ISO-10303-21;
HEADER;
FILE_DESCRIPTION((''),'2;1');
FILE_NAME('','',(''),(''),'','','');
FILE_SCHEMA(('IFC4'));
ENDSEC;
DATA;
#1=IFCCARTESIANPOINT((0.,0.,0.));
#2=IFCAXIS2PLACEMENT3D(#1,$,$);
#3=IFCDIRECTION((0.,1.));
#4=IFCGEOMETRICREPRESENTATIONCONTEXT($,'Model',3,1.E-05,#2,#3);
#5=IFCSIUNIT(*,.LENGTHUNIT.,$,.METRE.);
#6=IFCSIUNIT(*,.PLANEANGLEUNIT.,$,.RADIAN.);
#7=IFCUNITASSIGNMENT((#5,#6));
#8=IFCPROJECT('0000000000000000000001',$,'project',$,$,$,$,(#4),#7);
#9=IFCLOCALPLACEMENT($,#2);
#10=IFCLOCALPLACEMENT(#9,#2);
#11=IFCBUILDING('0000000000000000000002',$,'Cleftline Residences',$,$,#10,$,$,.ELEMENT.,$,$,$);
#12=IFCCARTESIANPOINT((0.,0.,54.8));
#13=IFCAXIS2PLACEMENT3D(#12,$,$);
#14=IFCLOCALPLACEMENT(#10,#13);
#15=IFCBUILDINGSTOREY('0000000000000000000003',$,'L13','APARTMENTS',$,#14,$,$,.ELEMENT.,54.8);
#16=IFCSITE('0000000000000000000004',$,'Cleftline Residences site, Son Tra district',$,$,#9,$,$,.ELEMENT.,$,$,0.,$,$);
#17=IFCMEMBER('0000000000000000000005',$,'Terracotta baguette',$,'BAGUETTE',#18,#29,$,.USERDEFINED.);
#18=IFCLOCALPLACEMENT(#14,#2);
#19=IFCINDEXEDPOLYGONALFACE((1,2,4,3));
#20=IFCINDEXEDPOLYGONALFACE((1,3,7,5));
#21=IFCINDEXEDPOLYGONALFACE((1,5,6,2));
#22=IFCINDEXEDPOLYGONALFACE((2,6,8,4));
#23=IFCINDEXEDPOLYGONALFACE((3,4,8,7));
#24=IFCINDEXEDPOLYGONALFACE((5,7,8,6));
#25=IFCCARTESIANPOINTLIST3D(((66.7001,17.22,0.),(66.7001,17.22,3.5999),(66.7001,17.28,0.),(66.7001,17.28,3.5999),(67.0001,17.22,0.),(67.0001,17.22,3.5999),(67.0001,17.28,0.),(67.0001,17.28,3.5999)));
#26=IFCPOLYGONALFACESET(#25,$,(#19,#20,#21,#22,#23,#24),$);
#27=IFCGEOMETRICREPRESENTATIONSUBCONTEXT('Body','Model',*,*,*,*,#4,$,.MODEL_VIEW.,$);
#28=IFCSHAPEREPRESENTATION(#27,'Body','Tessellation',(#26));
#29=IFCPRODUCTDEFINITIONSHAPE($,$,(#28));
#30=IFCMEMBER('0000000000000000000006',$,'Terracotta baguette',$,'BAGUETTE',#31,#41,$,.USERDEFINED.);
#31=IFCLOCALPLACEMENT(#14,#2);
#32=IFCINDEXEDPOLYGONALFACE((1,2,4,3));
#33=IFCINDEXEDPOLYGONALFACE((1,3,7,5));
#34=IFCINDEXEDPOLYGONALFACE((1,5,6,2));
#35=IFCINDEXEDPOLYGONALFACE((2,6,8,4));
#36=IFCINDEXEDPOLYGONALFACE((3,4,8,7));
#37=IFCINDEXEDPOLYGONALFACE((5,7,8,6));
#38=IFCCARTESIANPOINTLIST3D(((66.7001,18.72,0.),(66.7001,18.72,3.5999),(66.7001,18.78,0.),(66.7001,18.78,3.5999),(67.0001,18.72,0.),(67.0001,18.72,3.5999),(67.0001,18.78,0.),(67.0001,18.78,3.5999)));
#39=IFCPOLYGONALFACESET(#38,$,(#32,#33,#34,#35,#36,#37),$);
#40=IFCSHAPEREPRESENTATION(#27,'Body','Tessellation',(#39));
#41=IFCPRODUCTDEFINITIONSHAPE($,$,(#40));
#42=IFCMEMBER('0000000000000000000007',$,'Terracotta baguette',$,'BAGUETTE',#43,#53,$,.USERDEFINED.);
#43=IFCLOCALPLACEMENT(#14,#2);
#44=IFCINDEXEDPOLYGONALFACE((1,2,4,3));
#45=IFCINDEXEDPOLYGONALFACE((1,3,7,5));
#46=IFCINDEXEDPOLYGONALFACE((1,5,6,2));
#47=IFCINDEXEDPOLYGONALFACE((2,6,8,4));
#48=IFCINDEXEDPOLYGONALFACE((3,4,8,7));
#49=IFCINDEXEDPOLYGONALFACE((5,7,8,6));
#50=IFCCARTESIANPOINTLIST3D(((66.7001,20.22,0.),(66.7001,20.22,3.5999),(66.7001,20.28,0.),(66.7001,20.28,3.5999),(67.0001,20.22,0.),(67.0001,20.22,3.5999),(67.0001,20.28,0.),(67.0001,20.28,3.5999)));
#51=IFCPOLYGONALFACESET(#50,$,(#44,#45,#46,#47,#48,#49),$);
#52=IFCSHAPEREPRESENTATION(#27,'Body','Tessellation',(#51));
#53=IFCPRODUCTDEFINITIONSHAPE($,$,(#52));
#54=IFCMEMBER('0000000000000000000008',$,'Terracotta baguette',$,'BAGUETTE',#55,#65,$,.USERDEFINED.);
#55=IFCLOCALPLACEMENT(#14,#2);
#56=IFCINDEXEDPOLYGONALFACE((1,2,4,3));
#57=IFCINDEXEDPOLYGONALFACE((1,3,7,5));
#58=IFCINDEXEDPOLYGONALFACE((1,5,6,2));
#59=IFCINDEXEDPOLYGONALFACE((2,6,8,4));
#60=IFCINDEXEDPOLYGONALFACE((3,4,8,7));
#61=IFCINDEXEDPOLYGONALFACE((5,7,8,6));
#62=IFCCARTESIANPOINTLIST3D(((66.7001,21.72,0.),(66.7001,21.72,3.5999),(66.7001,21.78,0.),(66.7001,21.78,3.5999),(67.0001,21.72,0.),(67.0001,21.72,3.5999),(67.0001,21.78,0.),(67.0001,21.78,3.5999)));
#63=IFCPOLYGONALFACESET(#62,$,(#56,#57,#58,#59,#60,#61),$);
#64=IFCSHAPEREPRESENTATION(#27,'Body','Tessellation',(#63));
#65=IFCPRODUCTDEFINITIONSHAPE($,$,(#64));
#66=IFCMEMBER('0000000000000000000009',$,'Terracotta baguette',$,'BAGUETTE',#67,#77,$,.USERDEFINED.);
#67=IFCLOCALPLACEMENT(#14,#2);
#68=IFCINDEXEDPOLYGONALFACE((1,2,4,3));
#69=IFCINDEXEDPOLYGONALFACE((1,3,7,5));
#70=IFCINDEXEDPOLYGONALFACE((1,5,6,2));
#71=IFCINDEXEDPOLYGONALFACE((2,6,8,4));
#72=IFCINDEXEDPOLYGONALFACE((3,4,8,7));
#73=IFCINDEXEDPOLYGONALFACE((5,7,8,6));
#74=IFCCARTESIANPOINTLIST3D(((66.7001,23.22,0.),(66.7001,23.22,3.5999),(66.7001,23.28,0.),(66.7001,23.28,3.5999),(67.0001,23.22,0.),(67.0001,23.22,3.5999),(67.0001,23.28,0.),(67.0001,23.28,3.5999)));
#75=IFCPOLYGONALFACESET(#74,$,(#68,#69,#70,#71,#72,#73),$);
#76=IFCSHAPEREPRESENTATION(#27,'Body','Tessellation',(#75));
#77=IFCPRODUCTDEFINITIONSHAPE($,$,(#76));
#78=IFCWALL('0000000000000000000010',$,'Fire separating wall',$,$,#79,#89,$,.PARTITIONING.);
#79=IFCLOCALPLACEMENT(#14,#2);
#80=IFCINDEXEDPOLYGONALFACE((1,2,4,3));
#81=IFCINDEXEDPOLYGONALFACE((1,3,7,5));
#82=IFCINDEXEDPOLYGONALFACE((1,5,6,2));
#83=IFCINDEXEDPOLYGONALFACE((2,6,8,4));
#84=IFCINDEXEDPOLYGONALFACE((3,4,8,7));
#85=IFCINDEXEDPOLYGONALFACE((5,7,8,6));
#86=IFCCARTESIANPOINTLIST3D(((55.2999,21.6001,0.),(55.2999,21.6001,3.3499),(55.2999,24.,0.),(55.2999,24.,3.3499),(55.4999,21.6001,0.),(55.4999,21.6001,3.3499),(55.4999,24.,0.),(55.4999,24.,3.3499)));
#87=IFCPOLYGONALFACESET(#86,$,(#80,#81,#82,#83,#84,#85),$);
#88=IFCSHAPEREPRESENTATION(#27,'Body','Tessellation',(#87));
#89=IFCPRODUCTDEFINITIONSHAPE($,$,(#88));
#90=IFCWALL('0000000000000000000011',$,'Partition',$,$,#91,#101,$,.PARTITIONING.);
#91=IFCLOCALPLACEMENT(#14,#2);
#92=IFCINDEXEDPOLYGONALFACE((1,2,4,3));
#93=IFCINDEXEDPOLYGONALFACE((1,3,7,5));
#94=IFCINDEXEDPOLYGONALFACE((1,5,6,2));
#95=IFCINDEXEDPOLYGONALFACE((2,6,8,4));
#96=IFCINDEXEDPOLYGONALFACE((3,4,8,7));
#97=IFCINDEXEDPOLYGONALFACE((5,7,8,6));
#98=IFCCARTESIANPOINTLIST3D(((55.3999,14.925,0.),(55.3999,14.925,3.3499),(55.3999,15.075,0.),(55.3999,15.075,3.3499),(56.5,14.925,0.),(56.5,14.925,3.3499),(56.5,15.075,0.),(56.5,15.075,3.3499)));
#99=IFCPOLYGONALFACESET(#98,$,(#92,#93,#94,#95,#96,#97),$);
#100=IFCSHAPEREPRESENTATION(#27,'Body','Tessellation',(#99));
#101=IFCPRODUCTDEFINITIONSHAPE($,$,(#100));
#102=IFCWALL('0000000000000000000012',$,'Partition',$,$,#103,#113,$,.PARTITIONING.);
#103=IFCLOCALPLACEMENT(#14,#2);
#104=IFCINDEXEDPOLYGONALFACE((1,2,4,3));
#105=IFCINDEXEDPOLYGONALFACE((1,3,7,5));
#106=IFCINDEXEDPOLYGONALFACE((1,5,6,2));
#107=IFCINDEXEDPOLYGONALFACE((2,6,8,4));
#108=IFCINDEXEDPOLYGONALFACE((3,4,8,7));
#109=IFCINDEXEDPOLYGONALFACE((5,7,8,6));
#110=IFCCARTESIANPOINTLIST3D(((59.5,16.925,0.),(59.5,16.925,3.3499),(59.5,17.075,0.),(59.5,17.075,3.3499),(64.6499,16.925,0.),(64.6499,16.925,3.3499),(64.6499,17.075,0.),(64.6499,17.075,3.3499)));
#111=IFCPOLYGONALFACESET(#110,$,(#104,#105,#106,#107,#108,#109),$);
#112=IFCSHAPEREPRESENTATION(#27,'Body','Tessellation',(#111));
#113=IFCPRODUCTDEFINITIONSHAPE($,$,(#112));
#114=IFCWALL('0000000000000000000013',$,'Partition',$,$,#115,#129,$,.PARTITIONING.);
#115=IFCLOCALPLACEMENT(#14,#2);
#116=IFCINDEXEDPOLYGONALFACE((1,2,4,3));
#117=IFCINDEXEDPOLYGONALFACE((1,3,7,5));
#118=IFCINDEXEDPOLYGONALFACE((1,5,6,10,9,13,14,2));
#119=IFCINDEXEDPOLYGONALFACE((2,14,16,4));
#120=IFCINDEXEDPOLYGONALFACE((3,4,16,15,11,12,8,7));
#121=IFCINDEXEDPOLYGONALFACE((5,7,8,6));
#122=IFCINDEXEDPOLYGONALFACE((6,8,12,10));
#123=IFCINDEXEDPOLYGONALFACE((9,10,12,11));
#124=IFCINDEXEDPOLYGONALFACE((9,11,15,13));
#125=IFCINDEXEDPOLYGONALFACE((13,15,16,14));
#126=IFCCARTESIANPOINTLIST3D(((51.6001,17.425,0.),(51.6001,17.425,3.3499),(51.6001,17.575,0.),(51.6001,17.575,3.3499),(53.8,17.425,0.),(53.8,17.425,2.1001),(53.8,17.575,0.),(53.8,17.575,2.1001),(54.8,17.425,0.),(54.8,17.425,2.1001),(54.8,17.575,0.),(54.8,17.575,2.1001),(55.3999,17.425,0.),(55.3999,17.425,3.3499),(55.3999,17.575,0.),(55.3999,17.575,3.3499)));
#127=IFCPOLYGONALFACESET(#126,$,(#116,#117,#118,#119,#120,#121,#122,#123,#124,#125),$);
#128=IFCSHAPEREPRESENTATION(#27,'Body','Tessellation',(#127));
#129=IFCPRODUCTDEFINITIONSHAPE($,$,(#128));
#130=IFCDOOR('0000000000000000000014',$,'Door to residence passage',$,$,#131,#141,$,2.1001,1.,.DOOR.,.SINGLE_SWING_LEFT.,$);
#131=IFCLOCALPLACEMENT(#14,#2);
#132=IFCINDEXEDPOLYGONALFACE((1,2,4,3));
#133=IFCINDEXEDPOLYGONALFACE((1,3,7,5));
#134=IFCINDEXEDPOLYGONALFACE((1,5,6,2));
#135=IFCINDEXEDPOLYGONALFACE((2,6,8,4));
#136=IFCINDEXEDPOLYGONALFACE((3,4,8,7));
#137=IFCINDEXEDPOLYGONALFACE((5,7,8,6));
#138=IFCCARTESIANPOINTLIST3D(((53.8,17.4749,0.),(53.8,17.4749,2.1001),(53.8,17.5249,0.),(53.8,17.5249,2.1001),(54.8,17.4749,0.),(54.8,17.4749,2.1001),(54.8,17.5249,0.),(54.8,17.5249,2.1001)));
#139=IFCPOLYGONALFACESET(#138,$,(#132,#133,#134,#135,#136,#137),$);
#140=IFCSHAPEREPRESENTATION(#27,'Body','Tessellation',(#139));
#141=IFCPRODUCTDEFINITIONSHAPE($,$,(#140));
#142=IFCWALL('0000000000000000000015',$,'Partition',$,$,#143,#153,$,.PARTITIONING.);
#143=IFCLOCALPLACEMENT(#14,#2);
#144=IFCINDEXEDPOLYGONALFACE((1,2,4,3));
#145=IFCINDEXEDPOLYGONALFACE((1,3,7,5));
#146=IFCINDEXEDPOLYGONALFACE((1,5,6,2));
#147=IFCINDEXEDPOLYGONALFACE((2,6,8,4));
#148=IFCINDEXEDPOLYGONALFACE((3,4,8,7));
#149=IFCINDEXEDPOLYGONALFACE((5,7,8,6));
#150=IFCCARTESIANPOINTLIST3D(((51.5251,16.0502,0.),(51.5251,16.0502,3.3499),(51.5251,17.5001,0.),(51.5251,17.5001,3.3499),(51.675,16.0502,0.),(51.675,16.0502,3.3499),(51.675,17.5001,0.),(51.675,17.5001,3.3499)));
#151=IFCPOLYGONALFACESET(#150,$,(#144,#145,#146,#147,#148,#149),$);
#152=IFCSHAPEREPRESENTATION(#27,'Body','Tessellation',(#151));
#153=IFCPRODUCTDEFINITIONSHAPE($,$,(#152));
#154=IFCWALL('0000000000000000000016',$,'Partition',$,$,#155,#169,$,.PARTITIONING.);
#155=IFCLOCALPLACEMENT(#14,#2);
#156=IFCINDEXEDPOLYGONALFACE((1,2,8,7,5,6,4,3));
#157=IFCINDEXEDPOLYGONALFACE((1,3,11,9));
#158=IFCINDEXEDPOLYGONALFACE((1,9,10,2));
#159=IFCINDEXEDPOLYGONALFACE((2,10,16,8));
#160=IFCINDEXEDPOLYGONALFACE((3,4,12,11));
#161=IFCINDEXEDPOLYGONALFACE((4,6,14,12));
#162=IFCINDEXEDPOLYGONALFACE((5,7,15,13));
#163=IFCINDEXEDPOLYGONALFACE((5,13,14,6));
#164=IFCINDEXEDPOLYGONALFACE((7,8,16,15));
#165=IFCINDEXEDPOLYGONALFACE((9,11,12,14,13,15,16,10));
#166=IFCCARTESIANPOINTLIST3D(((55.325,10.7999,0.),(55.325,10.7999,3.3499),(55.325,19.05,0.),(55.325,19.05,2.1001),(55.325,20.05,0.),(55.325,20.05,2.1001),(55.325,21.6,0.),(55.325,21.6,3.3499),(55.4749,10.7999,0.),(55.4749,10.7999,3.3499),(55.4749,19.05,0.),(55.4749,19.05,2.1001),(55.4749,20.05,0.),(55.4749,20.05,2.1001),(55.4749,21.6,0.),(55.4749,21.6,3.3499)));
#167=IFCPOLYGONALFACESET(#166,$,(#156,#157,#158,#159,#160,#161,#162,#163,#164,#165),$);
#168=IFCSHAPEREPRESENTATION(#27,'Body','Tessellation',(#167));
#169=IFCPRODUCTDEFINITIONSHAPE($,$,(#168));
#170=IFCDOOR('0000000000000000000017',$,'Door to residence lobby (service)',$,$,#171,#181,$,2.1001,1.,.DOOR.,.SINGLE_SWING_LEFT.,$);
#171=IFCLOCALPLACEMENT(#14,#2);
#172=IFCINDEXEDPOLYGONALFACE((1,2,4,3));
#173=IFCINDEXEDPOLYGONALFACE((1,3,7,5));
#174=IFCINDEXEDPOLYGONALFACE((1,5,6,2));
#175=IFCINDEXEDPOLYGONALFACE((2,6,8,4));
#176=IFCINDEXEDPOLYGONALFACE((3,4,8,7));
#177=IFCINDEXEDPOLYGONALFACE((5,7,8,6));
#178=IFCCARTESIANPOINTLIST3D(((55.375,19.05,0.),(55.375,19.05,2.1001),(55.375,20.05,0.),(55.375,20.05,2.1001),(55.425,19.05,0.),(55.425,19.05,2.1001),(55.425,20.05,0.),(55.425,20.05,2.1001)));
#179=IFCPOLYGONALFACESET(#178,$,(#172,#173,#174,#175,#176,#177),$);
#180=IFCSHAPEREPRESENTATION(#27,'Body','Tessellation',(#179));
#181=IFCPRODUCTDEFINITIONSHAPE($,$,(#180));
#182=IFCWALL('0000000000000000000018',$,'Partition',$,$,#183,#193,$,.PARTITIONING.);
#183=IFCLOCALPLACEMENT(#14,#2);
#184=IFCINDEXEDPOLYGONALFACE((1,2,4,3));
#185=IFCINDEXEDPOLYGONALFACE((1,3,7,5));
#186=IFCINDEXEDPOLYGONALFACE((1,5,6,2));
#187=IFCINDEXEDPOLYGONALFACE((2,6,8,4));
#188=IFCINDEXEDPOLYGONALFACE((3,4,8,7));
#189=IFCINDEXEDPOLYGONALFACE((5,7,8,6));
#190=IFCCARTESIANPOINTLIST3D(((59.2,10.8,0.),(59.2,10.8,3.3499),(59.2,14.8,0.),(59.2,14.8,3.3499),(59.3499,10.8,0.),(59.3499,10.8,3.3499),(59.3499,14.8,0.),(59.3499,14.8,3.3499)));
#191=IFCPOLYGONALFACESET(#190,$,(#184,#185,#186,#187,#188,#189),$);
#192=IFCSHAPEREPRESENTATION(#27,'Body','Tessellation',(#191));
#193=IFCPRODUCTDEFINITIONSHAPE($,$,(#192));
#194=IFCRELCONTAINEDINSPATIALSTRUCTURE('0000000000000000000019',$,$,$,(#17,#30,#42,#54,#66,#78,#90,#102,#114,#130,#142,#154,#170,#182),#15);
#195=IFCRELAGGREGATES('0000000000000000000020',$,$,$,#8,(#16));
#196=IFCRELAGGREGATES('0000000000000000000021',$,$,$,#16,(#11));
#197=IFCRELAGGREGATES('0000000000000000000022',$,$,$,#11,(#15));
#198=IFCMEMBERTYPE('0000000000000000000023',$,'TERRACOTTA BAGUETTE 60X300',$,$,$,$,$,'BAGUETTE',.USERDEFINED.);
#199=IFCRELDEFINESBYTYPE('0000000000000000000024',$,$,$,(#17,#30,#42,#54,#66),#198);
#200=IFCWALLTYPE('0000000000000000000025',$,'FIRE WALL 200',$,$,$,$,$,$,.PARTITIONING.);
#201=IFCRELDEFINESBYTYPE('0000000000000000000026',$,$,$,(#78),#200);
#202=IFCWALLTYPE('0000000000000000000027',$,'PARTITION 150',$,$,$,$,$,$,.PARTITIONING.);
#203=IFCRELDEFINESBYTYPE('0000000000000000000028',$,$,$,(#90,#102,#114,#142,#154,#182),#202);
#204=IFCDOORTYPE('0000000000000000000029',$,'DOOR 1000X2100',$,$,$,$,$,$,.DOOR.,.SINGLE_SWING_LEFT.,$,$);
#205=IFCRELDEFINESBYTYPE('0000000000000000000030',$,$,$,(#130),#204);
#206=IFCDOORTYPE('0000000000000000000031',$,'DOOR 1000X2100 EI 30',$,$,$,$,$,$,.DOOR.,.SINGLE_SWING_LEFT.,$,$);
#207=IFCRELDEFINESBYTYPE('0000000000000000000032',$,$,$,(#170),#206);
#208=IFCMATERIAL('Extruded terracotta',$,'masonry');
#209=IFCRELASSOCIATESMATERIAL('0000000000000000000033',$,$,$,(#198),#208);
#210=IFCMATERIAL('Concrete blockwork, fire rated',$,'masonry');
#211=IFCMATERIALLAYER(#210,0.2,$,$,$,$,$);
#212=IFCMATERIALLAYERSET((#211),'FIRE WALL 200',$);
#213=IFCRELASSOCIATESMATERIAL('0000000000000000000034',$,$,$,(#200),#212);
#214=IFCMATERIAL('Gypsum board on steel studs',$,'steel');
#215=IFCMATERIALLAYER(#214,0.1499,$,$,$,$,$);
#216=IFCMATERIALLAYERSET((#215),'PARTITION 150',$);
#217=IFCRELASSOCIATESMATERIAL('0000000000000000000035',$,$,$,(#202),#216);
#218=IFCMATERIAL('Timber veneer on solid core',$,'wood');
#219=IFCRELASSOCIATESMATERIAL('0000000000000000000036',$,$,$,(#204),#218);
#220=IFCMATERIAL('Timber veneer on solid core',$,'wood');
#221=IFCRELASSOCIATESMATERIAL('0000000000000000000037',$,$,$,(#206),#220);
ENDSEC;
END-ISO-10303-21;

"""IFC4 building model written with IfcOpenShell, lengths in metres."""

from ifc_helpers import new_model, si_unit, direction, frame, frame_2d, origin, origin_2d, place, context, subcontext, project, spatial, rectangle, extrude, material, layer, layer_set, material_profile, profile_set, type_object, element, fill, save


model = new_model("IFC4")

# Units and contexts
model_context = context("Model", 3, precision=1e-05, world=origin(), true_north=direction((0.0, 1.0)))
body_context = subcontext(model_context, "Body", "Model", "MODEL_VIEW")
ifc_project = project(units=[si_unit("LENGTHUNIT", "METRE"), si_unit("PLANEANGLEUNIT", "RADIAN")], contexts=[model_context])

# Site, building, storey
site_placement = place(None, origin())
site = spatial("IfcSite", under=ifc_project, at=site_placement, Name="Cleftline Residences site, Son Tra district", CompositionType="ELEMENT", RefElevation=0.0)
building_placement = place(site_placement, origin())
building = spatial("IfcBuilding", under=site, at=building_placement, Name="Cleftline Residences", CompositionType="ELEMENT")
storey_placement = place(building_placement, frame((0.0, 0.0, 54.8)))
storey = spatial("IfcBuildingStorey", under=building, at=storey_placement, Name="L13", Description="APARTMENTS", CompositionType="ELEMENT", Elevation=54.8)

# Members
ifc_material_1 = material(Name="Extruded terracotta", Category="masonry")
ifc_material_profile_1 = material_profile(ifc_material_1, rectangle(XDim=0.0601, YDim=0.3, at=origin_2d()))
ifc_profile_set_1 = profile_set([ifc_material_profile_1], Name="Extruded terracotta")
member_type_1 = type_object("IfcMemberType", Name="TERRACOTTA BAGUETTE 60X300", ElementType="BAGUETTE", PredefinedType="USERDEFINED", material=ifc_profile_set_1)
for number, where, z_axis, x_axis, name in (
    (1, (66.8501, 17.25, 0.0), (0.0, 0.0, 1.0), (0.0, 1.0, 0.0), "Terracotta baguette"),
    (2, (66.8501, 18.75, 0.0), (0.0, 0.0, 1.0), (0.0, 1.0, 0.0), "Terracotta baguette"),
    (3, (66.8501, 20.25, 0.0), (0.0, 0.0, 1.0), (0.0, 1.0, 0.0), "Terracotta baguette"),
    (4, (66.8501, 21.75, 0.0), (0.0, 0.0, 1.0), (0.0, 1.0, 0.0), "Terracotta baguette"),
    (5, (66.8501, 23.25, 0.0), (0.0, 0.0, 1.0), (0.0, 1.0, 0.0), "Terracotta baguette"),
):
    element("IfcMember", number, at=place(storey_placement, frame(where, z_axis=z_axis, x_axis=x_axis)), inside=storey, type_object=member_type_1, Name=name, ObjectType="BAGUETTE", PredefinedType="USERDEFINED", context=body_context, shape_type="SweptSolid", body=[
        extrude(rectangle(XDim=0.0601, YDim=0.3, at=origin_2d()), origin(), (0.0, 0.0, 1.0), 3.5999),
    ])

# Walls
ifc_material_2 = material(Name="Concrete blockwork, fire rated", Category="masonry")
ifc_layer_1 = layer(ifc_material_2, 0.2)
ifc_layer_set_1 = layer_set([ifc_layer_1], Name="FIRE WALL 200")
wall_type_1 = type_object("IfcWallType", Name="FIRE WALL 200", PredefinedType="PARTITIONING", material=ifc_layer_set_1)
wall_1_placement = place(storey_placement, frame((55.3999, 21.6001, 0.0), z_axis=(0.0, 0.0, 1.0), x_axis=(0.0, 1.0, 0.0)))
element("IfcWall", 6, at=wall_1_placement, inside=storey, type_object=wall_type_1, Name="Fire separating wall", PredefinedType="PARTITIONING", context=body_context, shape_type="SweptSolid", body=[
    extrude(rectangle(XDim=2.3999, YDim=0.2, at=frame_2d((1.2, 0.0))), origin(), (0.0, 0.0, 1.0), 3.3499),
])
ifc_material_3 = material(Name="Gypsum board on steel studs", Category="steel")
ifc_layer_2 = layer(ifc_material_3, 0.1499)
ifc_layer_set_2 = layer_set([ifc_layer_2], Name="PARTITION 150")
wall_type_2 = type_object("IfcWallType", Name="PARTITION 150", PredefinedType="PARTITIONING", material=ifc_layer_set_2)
wall_2_placement = place(storey_placement, frame((55.3999, 15.0, 0.0), z_axis=(0.0, 0.0, 1.0), x_axis=(1.0, 0.0, 0.0)))
element("IfcWall", 7, at=wall_2_placement, inside=storey, type_object=wall_type_2, Name="Partition", PredefinedType="PARTITIONING", context=body_context, shape_type="SweptSolid", body=[
    extrude(rectangle(XDim=1.1001, YDim=0.1499, at=frame_2d((0.55, 0.0))), origin(), (0.0, 0.0, 1.0), 3.3499),
])
wall_3_placement = place(storey_placement, frame((59.5, 17.0, 0.0), z_axis=(0.0, 0.0, 1.0), x_axis=(1.0, 0.0, 0.0)))
element("IfcWall", 8, at=wall_3_placement, inside=storey, type_object=wall_type_2, Name="Partition", PredefinedType="PARTITIONING", context=body_context, shape_type="SweptSolid", body=[
    extrude(rectangle(XDim=5.1499, YDim=0.1499, at=frame_2d((2.575, 0.0))), origin(), (0.0, 0.0, 1.0), 3.3499),
])

# Wall, opening, door
wall_4_placement = place(storey_placement, frame((51.6001, 17.5, 0.0), z_axis=(0.0, 0.0, 1.0), x_axis=(1.0, 0.0, 0.0)))
wall_4 = element("IfcWall", 9, at=wall_4_placement, inside=storey, type_object=wall_type_2, Name="Partition", PredefinedType="PARTITIONING", context=body_context, shape_type="SweptSolid", body=[
    extrude(rectangle(XDim=3.7998, YDim=0.1499, at=frame_2d((1.8999, 0.0))), origin(), (0.0, 0.0, 1.0), 3.3499),
])
opening_1_placement = place(wall_4_placement, frame((2.2, 0.0, 0.0)))
opening_1 = element("IfcOpeningElement", 10, at=opening_1_placement, cuts=wall_4, PredefinedType="OPENING", context=body_context, shape_type="SweptSolid", body=[
    extrude(rectangle(XDim=1.0, YDim=2.1001, at=frame_2d((0.5, 1.05))), frame((0.0, 0.085, 0.0), z_axis=(0.0, -1.0, 0.0), x_axis=(1.0, 0.0, 0.0)), (0.0, 0.0, 1.0), 0.1699),
])
ifc_material_4 = material(Name="Timber veneer on solid core", Category="wood")
door_type_1 = type_object("IfcDoorType", Name="DOOR 1000X2100", OperationType="SINGLE_SWING_LEFT", PredefinedType="DOOR", material=ifc_material_4)
door_1_placement = place(opening_1_placement, origin())
door_1 = element("IfcDoor", 11, at=door_1_placement, inside=storey, type_object=door_type_1, Name="Door to residence passage", OperationType="SINGLE_SWING_LEFT", OverallHeight=2.1001, OverallWidth=1.0, PredefinedType="DOOR", context=body_context, shape_type="SweptSolid", body=[
    extrude(rectangle(XDim=1.0, YDim=2.1001, at=frame_2d((0.5, 1.05))), frame((0.0, 0.0249, 0.0), z_axis=(0.0, -1.0, 0.0), x_axis=(1.0, 0.0, 0.0)), (0.0, 0.0, 1.0), 0.05),
])
fill(opening_1, door_1)

# Wall
wall_5_placement = place(storey_placement, frame((51.6001, 16.05, 0.0), z_axis=(0.0, 0.0, 1.0), x_axis=(0.0, 1.0, 0.0)))
element("IfcWall", 12, at=wall_5_placement, inside=storey, type_object=wall_type_2, Name="Partition", PredefinedType="PARTITIONING", context=body_context, shape_type="SweptSolid", body=[
    extrude(rectangle(XDim=1.45, YDim=0.1499, at=frame_2d((0.7251, 0.0))), origin(), (0.0, 0.0, 1.0), 3.3499),
])

# Wall, opening, door
wall_6_placement = place(storey_placement, frame((55.3999, 10.8, 0.0), z_axis=(0.0, 0.0, 1.0), x_axis=(0.0, 1.0, 0.0)))
wall_6 = element("IfcWall", 13, at=wall_6_placement, inside=storey, type_object=wall_type_2, Name="Partition", PredefinedType="PARTITIONING", context=body_context, shape_type="SweptSolid", body=[
    extrude(rectangle(XDim=10.8, YDim=0.1499, at=frame_2d((5.3999, 0.0))), origin(), (0.0, 0.0, 1.0), 3.3499),
])
opening_2_placement = place(wall_6_placement, frame((8.25, 0.0, 0.0)))
opening_2 = element("IfcOpeningElement", 14, at=opening_2_placement, cuts=wall_6, PredefinedType="OPENING", context=body_context, shape_type="SweptSolid", body=[
    extrude(rectangle(XDim=1.0, YDim=2.1001, at=frame_2d((0.5, 1.05))), frame((0.0, 0.085, 0.0), z_axis=(0.0, -1.0, 0.0), x_axis=(1.0, 0.0, 0.0)), (0.0, 0.0, 1.0), 0.1699),
])
ifc_material_5 = material(Name="Timber veneer on solid core", Category="wood")
door_type_2 = type_object("IfcDoorType", Name="DOOR 1000X2100 EI 30", OperationType="SINGLE_SWING_LEFT", PredefinedType="DOOR", material=ifc_material_5)
door_2_placement = place(opening_2_placement, origin())
door_2 = element("IfcDoor", 15, at=door_2_placement, inside=storey, type_object=door_type_2, Name="Door to residence lobby (service)", OperationType="SINGLE_SWING_LEFT", OverallHeight=2.1001, OverallWidth=1.0, PredefinedType="DOOR", context=body_context, shape_type="SweptSolid", body=[
    extrude(rectangle(XDim=1.0, YDim=2.1001, at=frame_2d((0.5, 1.05))), frame((0.0, 0.0249, 0.0), z_axis=(0.0, -1.0, 0.0), x_axis=(1.0, 0.0, 0.0)), (0.0, 0.0, 1.0), 0.05),
])
fill(opening_2, door_2)

# Wall
wall_7_placement = place(storey_placement, frame((59.2749, 10.8, 0.0), z_axis=(0.0, 0.0, 1.0), x_axis=(0.0, 1.0, 0.0)))
element("IfcWall", 16, at=wall_7_placement, inside=storey, type_object=wall_type_2, Name="Partition", PredefinedType="PARTITIONING", context=body_context, shape_type="SweptSolid", body=[
    extrude(rectangle(XDim=4.0, YDim=0.1499, at=frame_2d((2.0, 0.0))), origin(), (0.0, 0.0, 1.0), 3.3499),
])

save(model, "model.ifc")
